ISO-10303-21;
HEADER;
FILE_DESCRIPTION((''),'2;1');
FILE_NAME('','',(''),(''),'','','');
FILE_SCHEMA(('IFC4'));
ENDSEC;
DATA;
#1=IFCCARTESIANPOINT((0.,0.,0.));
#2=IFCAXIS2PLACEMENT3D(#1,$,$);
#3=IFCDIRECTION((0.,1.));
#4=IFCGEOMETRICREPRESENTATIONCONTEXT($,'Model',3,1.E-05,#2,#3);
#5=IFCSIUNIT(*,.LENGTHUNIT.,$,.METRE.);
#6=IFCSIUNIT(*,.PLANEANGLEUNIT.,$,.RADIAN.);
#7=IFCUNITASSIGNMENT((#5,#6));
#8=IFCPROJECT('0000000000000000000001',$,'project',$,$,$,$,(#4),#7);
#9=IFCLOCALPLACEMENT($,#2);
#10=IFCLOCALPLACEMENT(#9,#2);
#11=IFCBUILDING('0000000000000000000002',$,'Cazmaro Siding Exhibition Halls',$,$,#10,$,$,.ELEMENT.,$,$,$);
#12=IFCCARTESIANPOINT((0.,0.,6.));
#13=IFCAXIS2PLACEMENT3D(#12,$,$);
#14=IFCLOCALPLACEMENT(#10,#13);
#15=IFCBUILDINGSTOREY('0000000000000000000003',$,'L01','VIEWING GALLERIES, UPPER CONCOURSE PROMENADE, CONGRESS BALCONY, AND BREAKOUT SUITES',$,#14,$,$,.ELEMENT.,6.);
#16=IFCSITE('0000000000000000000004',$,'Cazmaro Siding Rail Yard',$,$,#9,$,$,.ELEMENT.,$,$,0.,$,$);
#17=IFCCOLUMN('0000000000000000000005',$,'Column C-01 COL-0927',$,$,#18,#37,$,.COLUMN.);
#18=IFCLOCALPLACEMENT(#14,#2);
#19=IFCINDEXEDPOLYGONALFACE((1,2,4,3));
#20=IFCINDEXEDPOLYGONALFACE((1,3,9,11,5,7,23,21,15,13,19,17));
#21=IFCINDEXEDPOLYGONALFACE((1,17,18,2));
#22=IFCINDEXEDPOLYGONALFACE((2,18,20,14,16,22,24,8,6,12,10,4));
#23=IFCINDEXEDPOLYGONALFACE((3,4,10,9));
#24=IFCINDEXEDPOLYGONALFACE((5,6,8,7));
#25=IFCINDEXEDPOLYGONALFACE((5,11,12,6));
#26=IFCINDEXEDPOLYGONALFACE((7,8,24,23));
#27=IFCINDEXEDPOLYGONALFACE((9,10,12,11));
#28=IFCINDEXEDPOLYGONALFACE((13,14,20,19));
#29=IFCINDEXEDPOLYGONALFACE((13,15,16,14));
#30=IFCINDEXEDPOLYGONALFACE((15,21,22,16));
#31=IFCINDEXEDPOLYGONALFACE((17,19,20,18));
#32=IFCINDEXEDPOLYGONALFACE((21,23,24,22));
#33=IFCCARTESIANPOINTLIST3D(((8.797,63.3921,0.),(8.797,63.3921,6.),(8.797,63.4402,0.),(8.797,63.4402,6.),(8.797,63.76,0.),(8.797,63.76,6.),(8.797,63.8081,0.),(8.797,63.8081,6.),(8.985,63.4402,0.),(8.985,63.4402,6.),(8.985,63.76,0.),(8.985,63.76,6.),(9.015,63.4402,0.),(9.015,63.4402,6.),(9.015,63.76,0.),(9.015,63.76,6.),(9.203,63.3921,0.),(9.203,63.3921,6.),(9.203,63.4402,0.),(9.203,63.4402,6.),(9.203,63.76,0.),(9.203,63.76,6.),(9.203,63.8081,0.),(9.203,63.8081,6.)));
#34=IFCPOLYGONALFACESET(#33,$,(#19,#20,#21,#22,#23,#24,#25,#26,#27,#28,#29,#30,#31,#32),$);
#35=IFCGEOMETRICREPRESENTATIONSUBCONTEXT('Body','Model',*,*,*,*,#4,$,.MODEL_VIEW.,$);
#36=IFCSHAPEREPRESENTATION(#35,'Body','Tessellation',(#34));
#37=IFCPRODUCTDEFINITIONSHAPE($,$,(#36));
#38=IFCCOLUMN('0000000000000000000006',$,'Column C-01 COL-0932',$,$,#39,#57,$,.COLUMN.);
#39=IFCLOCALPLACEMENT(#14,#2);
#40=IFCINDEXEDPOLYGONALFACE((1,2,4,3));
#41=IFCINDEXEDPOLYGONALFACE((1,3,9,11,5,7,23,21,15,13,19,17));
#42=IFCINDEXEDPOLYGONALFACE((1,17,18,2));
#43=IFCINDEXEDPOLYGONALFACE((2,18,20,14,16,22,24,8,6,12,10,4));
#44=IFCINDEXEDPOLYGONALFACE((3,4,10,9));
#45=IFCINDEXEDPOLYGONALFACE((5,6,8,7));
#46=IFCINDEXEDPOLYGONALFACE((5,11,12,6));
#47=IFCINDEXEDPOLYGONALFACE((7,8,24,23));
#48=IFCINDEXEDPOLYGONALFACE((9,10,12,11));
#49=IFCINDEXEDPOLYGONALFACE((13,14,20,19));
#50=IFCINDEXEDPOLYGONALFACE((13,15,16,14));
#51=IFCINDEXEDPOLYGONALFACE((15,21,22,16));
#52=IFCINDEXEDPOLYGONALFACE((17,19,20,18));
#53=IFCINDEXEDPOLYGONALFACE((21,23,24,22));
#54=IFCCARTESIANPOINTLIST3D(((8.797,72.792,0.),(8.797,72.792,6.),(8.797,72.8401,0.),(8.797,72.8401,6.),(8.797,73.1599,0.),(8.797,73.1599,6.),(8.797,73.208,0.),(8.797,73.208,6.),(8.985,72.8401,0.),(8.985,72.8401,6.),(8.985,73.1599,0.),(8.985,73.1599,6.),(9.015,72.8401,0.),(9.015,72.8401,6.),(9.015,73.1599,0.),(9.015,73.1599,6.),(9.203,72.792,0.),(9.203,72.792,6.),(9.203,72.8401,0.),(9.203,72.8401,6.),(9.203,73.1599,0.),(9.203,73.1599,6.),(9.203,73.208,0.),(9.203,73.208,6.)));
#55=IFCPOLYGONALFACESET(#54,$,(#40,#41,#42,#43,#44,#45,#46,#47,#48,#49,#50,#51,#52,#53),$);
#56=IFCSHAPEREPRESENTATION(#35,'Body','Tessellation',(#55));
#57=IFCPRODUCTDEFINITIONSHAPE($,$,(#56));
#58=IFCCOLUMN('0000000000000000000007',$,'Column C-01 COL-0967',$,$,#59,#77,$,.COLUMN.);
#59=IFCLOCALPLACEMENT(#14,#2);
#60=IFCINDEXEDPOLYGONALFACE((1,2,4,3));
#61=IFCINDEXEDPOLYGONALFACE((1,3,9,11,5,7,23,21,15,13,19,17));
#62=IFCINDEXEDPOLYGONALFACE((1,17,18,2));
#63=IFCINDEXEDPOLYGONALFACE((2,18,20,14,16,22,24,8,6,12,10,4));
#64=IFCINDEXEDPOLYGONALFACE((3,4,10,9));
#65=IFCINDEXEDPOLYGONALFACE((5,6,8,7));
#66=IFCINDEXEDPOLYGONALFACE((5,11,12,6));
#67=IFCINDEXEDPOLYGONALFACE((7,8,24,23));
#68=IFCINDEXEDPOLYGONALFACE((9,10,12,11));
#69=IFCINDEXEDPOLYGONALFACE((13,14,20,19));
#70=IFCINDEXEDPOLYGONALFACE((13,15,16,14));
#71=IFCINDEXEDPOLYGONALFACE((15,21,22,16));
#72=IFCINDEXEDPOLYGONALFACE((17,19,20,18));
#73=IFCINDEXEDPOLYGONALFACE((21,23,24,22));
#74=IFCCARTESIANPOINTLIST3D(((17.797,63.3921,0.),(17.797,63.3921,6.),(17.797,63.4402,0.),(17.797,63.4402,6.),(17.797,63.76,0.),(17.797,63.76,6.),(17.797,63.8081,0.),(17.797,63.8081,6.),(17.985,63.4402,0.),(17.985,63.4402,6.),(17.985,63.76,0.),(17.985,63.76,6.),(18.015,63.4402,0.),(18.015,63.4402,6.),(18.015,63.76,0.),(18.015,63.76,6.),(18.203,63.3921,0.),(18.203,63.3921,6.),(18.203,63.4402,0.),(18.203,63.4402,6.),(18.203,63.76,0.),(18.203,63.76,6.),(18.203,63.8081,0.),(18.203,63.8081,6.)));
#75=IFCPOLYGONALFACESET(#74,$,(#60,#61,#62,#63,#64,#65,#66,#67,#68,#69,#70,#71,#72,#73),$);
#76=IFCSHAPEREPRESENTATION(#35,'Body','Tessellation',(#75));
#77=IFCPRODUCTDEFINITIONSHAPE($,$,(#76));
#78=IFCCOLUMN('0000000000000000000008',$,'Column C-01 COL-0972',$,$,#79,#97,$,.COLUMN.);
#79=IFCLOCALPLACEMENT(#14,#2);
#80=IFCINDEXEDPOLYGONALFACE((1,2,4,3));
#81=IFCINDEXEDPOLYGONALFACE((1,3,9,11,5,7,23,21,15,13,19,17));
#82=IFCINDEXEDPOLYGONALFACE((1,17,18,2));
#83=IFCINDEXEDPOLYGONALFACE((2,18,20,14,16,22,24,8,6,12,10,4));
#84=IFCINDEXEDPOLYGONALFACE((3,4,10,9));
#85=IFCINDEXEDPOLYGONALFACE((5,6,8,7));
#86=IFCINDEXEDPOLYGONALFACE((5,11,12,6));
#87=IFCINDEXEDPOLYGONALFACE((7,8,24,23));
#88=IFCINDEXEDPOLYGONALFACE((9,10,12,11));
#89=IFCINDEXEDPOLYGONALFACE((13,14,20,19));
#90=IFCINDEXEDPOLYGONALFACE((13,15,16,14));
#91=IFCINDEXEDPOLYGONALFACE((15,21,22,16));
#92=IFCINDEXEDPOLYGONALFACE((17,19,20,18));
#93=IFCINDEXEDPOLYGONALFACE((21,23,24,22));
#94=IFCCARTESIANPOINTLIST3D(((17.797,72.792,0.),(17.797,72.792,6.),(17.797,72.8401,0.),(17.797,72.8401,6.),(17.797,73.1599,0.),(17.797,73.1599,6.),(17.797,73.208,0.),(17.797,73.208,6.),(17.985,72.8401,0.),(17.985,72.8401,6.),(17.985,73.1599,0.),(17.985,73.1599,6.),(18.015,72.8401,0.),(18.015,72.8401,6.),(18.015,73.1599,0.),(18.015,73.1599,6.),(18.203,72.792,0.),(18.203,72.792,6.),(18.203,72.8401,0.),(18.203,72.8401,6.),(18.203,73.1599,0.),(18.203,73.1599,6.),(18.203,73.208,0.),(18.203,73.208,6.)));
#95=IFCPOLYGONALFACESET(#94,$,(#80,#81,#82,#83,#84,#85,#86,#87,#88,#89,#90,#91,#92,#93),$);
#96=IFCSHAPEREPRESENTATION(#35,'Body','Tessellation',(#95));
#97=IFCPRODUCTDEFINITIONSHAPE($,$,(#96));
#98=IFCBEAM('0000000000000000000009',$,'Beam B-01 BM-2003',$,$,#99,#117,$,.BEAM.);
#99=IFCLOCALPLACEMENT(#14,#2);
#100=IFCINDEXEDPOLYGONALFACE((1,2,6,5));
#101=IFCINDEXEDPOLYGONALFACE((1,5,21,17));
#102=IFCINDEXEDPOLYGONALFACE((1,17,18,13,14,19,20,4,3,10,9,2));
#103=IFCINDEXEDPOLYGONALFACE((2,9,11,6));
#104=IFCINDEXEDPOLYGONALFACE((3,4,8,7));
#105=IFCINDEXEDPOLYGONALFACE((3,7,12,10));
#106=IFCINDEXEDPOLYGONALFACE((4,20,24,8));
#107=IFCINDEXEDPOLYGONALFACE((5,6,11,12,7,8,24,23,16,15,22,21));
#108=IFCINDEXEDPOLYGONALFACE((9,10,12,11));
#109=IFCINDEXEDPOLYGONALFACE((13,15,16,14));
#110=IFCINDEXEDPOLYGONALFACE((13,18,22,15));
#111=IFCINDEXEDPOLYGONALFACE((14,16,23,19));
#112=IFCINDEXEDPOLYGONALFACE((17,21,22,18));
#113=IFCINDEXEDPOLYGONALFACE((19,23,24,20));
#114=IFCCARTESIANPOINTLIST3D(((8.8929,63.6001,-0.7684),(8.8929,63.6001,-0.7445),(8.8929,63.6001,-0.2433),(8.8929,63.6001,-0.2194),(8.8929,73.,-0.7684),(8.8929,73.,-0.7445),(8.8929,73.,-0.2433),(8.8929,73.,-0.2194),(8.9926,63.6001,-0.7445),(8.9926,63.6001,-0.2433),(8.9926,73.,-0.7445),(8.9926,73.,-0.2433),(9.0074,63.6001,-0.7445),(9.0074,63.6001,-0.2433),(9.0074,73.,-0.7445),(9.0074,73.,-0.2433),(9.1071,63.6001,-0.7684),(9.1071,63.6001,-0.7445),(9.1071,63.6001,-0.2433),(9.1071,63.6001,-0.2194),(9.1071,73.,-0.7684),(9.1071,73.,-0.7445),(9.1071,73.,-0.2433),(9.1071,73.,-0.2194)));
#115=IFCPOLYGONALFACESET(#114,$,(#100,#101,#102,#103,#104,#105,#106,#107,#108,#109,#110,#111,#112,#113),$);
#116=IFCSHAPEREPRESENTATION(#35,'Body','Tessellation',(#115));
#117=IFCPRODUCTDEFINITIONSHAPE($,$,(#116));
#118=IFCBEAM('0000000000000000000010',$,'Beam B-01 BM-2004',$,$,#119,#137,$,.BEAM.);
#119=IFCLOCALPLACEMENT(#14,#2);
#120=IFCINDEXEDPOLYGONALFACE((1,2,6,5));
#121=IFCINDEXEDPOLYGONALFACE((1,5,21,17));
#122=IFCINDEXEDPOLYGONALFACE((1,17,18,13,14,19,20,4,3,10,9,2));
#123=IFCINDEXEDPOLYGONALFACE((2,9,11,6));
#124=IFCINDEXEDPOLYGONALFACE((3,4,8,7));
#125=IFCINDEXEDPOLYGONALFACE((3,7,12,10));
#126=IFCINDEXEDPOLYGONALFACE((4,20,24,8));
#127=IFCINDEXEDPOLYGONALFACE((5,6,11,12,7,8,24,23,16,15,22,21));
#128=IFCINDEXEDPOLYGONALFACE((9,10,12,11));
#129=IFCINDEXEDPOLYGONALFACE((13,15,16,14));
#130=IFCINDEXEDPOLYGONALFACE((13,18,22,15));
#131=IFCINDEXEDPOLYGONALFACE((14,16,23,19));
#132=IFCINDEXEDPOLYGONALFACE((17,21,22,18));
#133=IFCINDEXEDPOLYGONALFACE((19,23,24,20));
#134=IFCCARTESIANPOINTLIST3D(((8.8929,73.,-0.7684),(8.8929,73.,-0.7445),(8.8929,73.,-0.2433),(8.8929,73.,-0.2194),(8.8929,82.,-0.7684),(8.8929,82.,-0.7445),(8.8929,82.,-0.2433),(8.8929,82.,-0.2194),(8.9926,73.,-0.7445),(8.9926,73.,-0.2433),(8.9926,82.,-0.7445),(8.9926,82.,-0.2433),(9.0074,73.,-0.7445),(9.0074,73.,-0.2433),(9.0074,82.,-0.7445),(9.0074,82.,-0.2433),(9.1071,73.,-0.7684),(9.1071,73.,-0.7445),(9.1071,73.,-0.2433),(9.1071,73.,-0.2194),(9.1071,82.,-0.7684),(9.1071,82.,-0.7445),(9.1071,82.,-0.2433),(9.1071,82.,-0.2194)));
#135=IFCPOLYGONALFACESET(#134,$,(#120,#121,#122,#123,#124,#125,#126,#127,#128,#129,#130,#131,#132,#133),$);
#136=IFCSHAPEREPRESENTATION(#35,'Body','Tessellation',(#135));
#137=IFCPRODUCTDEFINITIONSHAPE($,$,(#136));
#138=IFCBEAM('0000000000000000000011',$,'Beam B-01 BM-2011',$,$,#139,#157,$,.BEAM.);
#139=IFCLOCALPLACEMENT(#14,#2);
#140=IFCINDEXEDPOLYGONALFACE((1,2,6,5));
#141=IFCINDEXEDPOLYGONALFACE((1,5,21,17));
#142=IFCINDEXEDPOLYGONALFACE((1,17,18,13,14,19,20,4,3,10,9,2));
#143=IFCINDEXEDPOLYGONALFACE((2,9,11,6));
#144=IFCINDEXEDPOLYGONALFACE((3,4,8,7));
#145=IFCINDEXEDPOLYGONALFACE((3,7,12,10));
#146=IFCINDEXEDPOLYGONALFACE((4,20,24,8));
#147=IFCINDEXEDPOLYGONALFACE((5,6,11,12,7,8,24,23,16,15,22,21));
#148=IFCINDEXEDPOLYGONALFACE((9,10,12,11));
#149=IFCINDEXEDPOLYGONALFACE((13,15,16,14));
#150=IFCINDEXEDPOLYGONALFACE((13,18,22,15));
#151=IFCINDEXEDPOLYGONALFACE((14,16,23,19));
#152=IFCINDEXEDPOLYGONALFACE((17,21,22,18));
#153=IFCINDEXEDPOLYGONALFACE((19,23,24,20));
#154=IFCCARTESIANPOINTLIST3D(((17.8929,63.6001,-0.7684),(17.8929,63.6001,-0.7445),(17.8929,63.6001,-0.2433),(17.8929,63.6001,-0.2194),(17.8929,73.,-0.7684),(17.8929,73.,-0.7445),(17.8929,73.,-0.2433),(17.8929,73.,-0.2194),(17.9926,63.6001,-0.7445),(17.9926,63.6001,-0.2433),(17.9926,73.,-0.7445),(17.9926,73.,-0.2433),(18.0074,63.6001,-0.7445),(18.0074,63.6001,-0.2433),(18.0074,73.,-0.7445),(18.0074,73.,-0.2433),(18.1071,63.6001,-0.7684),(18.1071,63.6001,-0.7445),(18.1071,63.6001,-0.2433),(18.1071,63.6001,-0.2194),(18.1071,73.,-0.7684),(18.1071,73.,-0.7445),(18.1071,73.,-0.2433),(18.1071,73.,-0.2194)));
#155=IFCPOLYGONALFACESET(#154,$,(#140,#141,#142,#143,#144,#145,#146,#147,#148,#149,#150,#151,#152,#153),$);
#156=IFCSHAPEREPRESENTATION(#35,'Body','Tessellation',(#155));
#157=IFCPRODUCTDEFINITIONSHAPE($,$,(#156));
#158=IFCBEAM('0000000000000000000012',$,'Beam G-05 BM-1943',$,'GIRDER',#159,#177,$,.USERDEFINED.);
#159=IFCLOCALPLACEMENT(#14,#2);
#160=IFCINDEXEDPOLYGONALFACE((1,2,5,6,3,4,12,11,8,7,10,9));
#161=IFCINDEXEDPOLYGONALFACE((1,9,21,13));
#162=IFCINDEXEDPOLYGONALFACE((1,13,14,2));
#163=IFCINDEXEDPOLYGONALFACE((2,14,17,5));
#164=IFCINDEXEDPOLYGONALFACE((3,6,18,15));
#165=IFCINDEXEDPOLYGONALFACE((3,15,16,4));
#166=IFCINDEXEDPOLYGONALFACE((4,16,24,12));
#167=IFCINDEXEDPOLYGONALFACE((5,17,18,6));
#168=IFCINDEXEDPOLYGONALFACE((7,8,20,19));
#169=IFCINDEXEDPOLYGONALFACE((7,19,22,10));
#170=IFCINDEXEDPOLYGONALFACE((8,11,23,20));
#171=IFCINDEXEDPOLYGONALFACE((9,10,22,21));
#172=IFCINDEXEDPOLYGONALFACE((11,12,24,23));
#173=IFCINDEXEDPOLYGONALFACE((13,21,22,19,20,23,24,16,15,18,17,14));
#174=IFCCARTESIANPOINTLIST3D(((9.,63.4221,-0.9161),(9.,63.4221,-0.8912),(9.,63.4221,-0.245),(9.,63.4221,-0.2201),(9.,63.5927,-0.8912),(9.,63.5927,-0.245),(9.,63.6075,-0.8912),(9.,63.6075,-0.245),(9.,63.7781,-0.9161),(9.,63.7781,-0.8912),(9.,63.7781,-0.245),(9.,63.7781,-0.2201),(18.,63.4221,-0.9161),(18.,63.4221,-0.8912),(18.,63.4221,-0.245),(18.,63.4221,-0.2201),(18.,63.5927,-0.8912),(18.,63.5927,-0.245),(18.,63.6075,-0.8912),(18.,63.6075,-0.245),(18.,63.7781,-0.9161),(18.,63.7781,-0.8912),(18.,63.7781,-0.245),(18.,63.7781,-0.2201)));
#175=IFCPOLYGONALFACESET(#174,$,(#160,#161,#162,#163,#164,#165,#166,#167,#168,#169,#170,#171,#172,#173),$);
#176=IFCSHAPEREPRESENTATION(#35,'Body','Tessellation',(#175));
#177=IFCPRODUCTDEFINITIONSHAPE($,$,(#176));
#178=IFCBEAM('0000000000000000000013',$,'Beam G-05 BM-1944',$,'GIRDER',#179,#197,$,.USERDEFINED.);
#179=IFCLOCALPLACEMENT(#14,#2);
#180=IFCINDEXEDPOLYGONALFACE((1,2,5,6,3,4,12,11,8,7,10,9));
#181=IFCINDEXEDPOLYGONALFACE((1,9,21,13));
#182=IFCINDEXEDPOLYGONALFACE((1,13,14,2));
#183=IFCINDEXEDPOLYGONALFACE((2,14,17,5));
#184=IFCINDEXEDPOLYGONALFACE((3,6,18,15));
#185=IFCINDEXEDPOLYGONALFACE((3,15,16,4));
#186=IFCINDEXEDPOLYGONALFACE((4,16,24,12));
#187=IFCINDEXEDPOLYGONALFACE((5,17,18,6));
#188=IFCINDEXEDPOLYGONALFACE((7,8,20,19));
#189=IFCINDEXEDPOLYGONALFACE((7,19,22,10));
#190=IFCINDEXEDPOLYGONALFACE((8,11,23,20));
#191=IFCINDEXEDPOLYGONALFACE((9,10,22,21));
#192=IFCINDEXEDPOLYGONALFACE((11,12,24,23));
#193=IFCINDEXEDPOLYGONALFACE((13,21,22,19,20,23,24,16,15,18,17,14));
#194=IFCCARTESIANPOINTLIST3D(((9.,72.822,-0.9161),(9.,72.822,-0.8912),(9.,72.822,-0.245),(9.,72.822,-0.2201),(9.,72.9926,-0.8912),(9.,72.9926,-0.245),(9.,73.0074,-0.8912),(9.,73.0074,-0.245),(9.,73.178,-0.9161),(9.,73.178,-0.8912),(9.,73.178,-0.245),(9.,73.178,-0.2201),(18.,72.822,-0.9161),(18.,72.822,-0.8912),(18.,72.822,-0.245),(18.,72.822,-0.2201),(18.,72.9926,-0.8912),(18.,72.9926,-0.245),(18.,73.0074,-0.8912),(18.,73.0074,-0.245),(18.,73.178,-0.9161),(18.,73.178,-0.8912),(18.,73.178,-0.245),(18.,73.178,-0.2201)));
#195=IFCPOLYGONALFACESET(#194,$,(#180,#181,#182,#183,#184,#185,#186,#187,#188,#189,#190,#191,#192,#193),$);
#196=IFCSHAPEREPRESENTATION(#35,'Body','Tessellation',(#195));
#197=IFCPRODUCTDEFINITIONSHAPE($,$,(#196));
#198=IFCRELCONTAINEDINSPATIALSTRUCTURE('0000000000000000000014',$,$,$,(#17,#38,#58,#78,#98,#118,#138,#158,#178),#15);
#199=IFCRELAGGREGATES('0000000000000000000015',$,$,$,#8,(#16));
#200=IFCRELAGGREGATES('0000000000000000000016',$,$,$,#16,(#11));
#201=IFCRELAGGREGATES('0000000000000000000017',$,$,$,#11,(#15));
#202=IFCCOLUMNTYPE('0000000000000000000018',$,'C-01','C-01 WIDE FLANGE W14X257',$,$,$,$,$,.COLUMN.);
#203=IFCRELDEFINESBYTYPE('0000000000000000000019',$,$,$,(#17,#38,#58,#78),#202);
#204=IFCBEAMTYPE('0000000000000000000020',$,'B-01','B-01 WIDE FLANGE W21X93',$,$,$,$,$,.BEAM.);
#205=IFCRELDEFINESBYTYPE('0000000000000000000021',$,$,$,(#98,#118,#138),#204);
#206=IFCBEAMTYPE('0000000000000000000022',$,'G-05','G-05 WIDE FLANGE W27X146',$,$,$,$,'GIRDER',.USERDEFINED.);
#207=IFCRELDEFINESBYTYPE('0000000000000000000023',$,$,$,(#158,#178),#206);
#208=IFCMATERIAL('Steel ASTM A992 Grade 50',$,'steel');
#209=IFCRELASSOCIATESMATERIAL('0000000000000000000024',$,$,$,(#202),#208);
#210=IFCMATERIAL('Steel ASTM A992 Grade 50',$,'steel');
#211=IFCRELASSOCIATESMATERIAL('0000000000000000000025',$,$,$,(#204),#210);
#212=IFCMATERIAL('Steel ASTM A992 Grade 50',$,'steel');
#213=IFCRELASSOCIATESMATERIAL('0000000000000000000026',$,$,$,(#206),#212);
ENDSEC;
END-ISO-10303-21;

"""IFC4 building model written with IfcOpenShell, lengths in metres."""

from ifc_helpers import new_model, si_unit, direction, frame, origin, origin_2d, place, context, subcontext, project, spatial, i_section, extrude, material, material_profile, profile_set, type_object, element, save


model = new_model("IFC4")

# Units and contexts
model_context = context("Model", 3, precision=1e-05, world=origin(), true_north=direction((0.0, 1.0)))
body_context = subcontext(model_context, "Body", "Model", "MODEL_VIEW")
ifc_project = project(units=[si_unit("LENGTHUNIT", "METRE"), si_unit("PLANEANGLEUNIT", "RADIAN")], contexts=[model_context])

# Site, building, storey
site_placement = place(None, origin())
site = spatial("IfcSite", under=ifc_project, at=site_placement, Name="Cazmaro Siding Rail Yard", CompositionType="ELEMENT", RefElevation=0.0)
building_placement = place(site_placement, origin())
building = spatial("IfcBuilding", under=site, at=building_placement, Name="Cazmaro Siding Exhibition Halls", CompositionType="ELEMENT")
storey_placement = place(building_placement, frame((0.0, 0.0, 6.0)))
storey = spatial("IfcBuildingStorey", under=building, at=storey_placement, Name="L01", Description="VIEWING GALLERIES, UPPER CONCOURSE PROMENADE, CONGRESS BALCONY, AND BREAKOUT SUITES", CompositionType="ELEMENT", Elevation=6.0)

# Columns
ifc_material_1 = material(Name="Steel ASTM A992 Grade 50", Category="steel")
ifc_material_profile_1 = material_profile(ifc_material_1, i_section(OverallWidth=0.406, OverallDepth=0.416, WebThickness=0.03, FlangeThickness=0.0481, at=origin_2d()), Name="W14X257")
ifc_profile_set_1 = profile_set([ifc_material_profile_1], Name="Steel ASTM A992 Grade 50")
column_type = type_object("IfcColumnType", Name="C-01", Description="C-01 WIDE FLANGE W14X257", PredefinedType="COLUMN", material=ifc_profile_set_1)
for number, where, z_axis, x_axis, name in (
    (1, (9.0, 63.6001, 0.0), (0.0, 0.0, 1.0), (1.0, 0.0, 0.0), "Column C-01 COL-0927"),
    (2, (9.0, 73.0, 0.0), (0.0, 0.0, 1.0), (1.0, 0.0, 0.0), "Column C-01 COL-0932"),
    (3, (18.0, 63.6001, 0.0), (0.0, 0.0, 1.0), (1.0, 0.0, 0.0), "Column C-01 COL-0967"),
    (4, (18.0, 73.0, 0.0), (0.0, 0.0, 1.0), (1.0, 0.0, 0.0), "Column C-01 COL-0972"),
):
    element("IfcColumn", number, at=place(storey_placement, frame(where, z_axis=z_axis, x_axis=x_axis)), inside=storey, type_object=column_type, Name=name, PredefinedType="COLUMN", context=body_context, shape_type="SweptSolid", body=[
        extrude(i_section(OverallWidth=0.406, OverallDepth=0.416, WebThickness=0.03, FlangeThickness=0.0481, at=origin_2d()), origin(), (0.0, 0.0, 1.0), 6.0),
    ])

# Beams
ifc_material_2 = material(Name="Steel ASTM A992 Grade 50", Category="steel")
ifc_material_profile_2 = material_profile(ifc_material_2, i_section(OverallWidth=0.2141, OverallDepth=0.5491, WebThickness=0.0149, FlangeThickness=0.0239, at=origin_2d()), Name="W21X93")
ifc_profile_set_2 = profile_set([ifc_material_profile_2], Name="Steel ASTM A992 Grade 50")
beam_type_1 = type_object("IfcBeamType", Name="B-01", Description="B-01 WIDE FLANGE W21X93", PredefinedType="BEAM", material=ifc_profile_set_2)
beam_1_placement = place(storey_placement, frame((9.0, 63.6001, -0.4939), z_axis=(0.0, 1.0, 0.0), x_axis=(-1.0, 0.0, 0.0)))
element("IfcBeam", 5, at=beam_1_placement, inside=storey, type_object=beam_type_1, Name="Beam B-01 BM-2003", PredefinedType="BEAM", context=body_context, shape_type="SweptSolid", body=[
    extrude(i_section(OverallWidth=0.2141, OverallDepth=0.5491, WebThickness=0.0149, FlangeThickness=0.0239, at=origin_2d()), origin(), (0.0, 0.0, 1.0), 9.3999),
])
beam_2_placement = place(storey_placement, frame((9.0, 73.0, -0.4939), z_axis=(0.0, 1.0, 0.0), x_axis=(-1.0, 0.0, 0.0)))
element("IfcBeam", 6, at=beam_2_placement, inside=storey, type_object=beam_type_1, Name="Beam B-01 BM-2004", PredefinedType="BEAM", context=body_context, shape_type="SweptSolid", body=[
    extrude(i_section(OverallWidth=0.2141, OverallDepth=0.5491, WebThickness=0.0149, FlangeThickness=0.0239, at=origin_2d()), origin(), (0.0, 0.0, 1.0), 9.0),
])
beam_3_placement = place(storey_placement, frame((18.0, 63.6001, -0.4939), z_axis=(0.0, 1.0, 0.0), x_axis=(-1.0, 0.0, 0.0)))
element("IfcBeam", 7, at=beam_3_placement, inside=storey, type_object=beam_type_1, Name="Beam B-01 BM-2011", PredefinedType="BEAM", context=body_context, shape_type="SweptSolid", body=[
    extrude(i_section(OverallWidth=0.2141, OverallDepth=0.5491, WebThickness=0.0149, FlangeThickness=0.0239, at=origin_2d()), origin(), (0.0, 0.0, 1.0), 9.3999),
])
ifc_material_3 = material(Name="Steel ASTM A992 Grade 50", Category="steel")
ifc_material_profile_3 = material_profile(ifc_material_3, i_section(OverallWidth=0.356, OverallDepth=0.696, WebThickness=0.0149, FlangeThickness=0.0249, at=origin_2d()), Name="W27X146")
ifc_profile_set_3 = profile_set([ifc_material_profile_3], Name="Steel ASTM A992 Grade 50")
beam_type_2 = type_object("IfcBeamType", Name="G-05", Description="G-05 WIDE FLANGE W27X146", ElementType="GIRDER", PredefinedType="USERDEFINED", material=ifc_profile_set_3)
for number, where, z_axis, x_axis, name in (
    (8, (9.0, 63.6001, -0.5681), (1.0, 0.0, 0.0), (0.0, 1.0, 0.0), "Beam G-05 BM-1943"),
    (9, (9.0, 73.0, -0.5681), (1.0, 0.0, 0.0), (0.0, 1.0, 0.0), "Beam G-05 BM-1944"),
):
    element("IfcBeam", number, at=place(storey_placement, frame(where, z_axis=z_axis, x_axis=x_axis)), inside=storey, type_object=beam_type_2, Name=name, ObjectType="GIRDER", PredefinedType="USERDEFINED", context=body_context, shape_type="SweptSolid", body=[
        extrude(i_section(OverallWidth=0.356, OverallDepth=0.696, WebThickness=0.0149, FlangeThickness=0.0249, at=origin_2d()), origin(), (0.0, 0.0, 1.0), 9.0),
    ])

save(model, "model.ifc")
